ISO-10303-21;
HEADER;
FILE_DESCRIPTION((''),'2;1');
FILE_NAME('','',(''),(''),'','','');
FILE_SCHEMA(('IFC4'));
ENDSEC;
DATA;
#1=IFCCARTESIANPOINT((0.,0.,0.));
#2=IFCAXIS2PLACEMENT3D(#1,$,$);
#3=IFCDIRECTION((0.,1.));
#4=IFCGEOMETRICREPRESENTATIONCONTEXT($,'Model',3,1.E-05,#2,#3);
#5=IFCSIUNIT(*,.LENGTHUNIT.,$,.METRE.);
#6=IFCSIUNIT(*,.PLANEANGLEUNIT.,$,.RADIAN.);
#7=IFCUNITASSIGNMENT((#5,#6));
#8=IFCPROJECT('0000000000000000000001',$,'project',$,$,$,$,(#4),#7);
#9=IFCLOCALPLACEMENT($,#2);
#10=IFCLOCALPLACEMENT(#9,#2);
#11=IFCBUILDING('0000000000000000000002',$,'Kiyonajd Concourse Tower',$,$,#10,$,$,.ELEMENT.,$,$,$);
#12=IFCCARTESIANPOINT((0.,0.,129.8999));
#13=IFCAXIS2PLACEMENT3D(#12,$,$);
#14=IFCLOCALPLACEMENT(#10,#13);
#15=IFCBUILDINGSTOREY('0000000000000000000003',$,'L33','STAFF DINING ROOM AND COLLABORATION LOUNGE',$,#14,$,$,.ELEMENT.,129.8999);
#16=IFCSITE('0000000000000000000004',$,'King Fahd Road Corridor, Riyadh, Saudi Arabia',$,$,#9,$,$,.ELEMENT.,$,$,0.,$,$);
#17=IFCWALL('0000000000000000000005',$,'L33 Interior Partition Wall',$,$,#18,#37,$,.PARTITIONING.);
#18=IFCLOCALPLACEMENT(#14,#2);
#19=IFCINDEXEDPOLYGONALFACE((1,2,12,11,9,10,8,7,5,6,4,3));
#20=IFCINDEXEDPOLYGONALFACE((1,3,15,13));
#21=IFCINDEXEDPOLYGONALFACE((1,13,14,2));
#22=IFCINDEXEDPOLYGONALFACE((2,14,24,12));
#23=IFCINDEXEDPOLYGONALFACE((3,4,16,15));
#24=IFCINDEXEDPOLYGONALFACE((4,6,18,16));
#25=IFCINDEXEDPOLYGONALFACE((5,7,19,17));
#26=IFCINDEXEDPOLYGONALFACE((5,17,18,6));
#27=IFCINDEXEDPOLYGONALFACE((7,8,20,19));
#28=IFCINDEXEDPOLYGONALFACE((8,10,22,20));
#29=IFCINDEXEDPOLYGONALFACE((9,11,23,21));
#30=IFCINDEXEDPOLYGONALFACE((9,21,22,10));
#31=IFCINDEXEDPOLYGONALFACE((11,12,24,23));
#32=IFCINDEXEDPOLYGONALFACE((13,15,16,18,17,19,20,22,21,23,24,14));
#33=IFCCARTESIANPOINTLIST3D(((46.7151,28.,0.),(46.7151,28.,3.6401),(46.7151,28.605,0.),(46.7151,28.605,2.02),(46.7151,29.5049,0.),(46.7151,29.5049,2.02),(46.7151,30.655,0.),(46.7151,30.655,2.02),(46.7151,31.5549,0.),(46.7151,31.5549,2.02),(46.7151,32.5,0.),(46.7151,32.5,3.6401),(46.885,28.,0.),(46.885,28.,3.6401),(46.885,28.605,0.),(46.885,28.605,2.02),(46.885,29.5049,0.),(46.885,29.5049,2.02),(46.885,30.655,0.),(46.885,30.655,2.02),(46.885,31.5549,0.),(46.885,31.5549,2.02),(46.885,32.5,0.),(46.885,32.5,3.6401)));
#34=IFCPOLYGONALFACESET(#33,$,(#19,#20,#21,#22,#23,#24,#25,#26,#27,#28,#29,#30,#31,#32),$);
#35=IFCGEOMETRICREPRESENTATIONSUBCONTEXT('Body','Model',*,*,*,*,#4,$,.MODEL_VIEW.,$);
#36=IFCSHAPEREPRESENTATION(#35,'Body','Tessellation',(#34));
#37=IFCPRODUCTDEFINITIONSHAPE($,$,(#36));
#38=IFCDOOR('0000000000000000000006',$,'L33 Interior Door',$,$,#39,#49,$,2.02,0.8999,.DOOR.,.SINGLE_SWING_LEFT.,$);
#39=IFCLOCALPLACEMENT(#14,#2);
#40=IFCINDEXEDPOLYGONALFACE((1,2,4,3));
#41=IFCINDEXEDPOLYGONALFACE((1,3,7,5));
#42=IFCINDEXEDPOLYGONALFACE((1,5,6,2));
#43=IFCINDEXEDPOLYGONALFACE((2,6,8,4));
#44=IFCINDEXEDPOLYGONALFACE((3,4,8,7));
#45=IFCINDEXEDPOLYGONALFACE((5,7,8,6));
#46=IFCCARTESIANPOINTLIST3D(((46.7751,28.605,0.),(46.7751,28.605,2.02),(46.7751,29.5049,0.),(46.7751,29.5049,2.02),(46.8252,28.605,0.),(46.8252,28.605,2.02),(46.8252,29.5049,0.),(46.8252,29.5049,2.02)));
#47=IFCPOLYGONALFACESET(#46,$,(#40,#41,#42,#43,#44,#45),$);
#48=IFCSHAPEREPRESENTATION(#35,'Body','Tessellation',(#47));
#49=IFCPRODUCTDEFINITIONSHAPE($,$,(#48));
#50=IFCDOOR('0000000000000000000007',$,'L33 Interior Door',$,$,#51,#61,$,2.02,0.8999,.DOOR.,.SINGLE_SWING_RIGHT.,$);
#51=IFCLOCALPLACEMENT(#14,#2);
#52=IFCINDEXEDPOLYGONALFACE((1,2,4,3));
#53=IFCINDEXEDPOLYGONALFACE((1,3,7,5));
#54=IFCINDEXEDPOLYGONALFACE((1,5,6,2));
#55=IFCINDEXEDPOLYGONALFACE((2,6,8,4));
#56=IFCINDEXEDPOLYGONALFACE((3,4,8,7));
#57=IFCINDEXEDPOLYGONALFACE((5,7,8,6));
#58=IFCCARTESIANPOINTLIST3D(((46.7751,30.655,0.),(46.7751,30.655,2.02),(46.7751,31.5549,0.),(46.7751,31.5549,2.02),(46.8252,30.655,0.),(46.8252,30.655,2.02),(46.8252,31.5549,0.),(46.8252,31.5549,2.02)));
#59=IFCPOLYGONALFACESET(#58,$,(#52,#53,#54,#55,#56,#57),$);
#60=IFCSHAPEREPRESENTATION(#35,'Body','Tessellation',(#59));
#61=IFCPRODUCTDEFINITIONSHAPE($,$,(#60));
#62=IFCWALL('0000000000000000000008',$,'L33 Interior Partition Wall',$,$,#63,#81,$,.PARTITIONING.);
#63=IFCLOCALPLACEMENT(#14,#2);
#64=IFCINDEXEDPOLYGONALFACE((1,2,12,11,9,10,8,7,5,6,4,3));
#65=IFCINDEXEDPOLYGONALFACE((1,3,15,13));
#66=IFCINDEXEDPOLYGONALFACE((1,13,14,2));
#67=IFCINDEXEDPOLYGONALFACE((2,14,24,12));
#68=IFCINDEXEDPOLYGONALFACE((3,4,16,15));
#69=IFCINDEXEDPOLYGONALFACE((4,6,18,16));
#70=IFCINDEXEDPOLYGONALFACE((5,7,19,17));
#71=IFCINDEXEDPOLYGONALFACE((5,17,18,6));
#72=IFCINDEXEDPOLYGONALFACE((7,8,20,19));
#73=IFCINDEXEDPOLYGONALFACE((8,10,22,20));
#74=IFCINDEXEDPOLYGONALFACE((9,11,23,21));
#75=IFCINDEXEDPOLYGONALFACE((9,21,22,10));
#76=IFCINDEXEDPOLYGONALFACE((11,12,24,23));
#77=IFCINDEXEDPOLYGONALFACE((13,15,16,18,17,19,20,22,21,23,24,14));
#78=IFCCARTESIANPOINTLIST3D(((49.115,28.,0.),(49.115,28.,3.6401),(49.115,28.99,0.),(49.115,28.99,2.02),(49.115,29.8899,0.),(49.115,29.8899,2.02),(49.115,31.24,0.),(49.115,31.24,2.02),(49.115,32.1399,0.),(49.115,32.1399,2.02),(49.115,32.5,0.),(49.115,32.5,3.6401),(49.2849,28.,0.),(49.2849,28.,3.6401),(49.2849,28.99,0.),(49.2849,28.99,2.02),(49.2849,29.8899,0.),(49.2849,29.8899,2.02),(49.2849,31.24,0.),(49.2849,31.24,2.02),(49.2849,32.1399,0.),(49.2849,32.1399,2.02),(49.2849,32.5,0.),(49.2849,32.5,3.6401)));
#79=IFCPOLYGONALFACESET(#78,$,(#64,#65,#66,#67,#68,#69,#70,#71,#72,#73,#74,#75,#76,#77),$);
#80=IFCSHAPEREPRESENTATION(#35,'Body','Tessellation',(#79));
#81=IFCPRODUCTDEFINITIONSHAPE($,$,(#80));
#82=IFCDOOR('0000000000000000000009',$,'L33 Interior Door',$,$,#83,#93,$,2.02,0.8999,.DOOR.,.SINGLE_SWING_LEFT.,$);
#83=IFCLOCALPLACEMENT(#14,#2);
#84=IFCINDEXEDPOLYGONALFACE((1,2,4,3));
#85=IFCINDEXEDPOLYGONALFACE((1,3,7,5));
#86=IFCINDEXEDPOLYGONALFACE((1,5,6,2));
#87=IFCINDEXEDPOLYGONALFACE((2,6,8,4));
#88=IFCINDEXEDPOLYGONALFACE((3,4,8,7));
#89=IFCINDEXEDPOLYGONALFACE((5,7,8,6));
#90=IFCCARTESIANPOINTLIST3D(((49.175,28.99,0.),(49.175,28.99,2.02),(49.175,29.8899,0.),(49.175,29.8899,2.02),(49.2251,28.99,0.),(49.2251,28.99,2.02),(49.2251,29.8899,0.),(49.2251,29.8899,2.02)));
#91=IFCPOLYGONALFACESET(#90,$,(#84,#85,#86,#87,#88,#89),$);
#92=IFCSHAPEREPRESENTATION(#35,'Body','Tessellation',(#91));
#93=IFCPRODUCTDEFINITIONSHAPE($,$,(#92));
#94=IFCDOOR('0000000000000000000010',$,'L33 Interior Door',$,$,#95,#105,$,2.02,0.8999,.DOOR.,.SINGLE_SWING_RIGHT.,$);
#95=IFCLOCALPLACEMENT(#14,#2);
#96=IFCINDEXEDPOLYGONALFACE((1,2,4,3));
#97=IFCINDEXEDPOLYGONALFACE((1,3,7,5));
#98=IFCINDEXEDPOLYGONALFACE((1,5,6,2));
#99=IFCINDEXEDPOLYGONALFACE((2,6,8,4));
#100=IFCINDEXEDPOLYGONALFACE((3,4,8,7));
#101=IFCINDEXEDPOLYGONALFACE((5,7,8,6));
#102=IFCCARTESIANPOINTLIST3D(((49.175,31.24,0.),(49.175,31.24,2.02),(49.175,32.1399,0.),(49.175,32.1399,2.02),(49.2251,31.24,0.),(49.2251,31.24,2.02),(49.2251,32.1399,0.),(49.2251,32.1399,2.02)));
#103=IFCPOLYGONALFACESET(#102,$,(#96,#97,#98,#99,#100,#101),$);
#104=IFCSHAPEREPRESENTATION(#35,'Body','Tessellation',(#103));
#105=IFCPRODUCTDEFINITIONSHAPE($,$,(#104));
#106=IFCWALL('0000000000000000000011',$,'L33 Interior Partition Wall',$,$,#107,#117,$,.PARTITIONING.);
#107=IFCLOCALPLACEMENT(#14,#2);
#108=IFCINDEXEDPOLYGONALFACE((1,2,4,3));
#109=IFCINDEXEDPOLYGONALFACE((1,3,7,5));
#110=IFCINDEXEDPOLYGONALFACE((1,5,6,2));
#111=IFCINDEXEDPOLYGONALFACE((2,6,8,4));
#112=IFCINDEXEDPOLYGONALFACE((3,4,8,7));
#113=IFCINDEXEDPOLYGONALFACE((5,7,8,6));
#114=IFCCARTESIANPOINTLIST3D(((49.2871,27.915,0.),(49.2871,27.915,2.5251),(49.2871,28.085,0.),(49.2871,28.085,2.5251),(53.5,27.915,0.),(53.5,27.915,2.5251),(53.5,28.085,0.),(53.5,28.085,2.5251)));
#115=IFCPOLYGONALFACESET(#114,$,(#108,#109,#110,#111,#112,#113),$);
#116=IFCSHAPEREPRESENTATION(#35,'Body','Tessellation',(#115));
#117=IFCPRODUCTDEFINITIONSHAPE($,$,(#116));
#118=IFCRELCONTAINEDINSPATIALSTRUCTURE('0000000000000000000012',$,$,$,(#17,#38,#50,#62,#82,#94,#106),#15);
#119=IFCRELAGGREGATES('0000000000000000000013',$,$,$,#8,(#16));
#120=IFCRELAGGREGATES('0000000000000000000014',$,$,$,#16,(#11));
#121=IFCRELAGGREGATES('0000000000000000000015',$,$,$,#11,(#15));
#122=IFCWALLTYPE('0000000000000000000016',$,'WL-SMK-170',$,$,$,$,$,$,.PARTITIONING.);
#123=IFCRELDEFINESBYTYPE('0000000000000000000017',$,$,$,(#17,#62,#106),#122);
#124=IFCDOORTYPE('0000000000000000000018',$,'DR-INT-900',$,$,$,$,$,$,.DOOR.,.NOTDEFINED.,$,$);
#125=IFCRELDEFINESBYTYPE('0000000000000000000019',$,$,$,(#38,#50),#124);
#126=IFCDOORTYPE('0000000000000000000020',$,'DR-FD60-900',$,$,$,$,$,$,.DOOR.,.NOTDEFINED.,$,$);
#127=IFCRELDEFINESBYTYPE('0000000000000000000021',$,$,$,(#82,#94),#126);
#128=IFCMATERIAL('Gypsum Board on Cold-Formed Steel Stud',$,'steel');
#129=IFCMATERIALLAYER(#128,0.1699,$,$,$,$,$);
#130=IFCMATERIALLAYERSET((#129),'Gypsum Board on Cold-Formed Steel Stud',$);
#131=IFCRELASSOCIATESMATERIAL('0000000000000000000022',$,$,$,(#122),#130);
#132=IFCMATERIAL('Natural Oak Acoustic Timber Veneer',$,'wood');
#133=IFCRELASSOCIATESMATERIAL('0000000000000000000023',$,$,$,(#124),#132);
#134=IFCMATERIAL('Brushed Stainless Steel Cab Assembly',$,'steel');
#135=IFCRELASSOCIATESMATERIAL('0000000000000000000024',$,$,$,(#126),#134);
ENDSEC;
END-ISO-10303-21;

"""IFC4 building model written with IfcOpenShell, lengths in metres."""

from ifc_helpers import new_model, si_unit, direction, frame, frame_2d, origin, place, context, subcontext, project, spatial, rectangle, extrude, material, layer, layer_set, type_object, element, fill, save


model = new_model("IFC4")

# Units and contexts
model_context = context("Model", 3, precision=1e-05, world=origin(), true_north=direction((0.0, 1.0)))
body_context = subcontext(model_context, "Body", "Model", "MODEL_VIEW")
ifc_project = project(units=[si_unit("LENGTHUNIT", "METRE"), si_unit("PLANEANGLEUNIT", "RADIAN")], contexts=[model_context])

# Site, building, storey
site_placement = place(None, origin())
site = spatial("IfcSite", under=ifc_project, at=site_placement, Name="King Fahd Road Corridor, Riyadh, Saudi Arabia", CompositionType="ELEMENT", RefElevation=0.0)
building_placement = place(site_placement, origin())
building = spatial("IfcBuilding", under=site, at=building_placement, Name="Kiyonajd Concourse Tower", CompositionType="ELEMENT")
storey_placement = place(building_placement, frame((0.0, 0.0, 129.8999)))
storey = spatial("IfcBuildingStorey", under=building, at=storey_placement, Name="L33", Description="STAFF DINING ROOM AND COLLABORATION LOUNGE", CompositionType="ELEMENT", Elevation=129.8999)

# Shared definitions
ifc_material_1 = material(Name="Gypsum Board on Cold-Formed Steel Stud", Category="steel")

# Shared definitions
ifc_layer_1 = layer(ifc_material_1, 0.1699)
ifc_layer_set_1 = layer_set([ifc_layer_1], Name="Gypsum Board on Cold-Formed Steel Stud")
wall_type_1 = type_object("IfcWallType", Name="WL-SMK-170", PredefinedType="PARTITIONING", material=ifc_layer_set_1)
ifc_material_2 = material(Name="Natural Oak Acoustic Timber Veneer", Category="wood")
door_type_1 = type_object("IfcDoorType", Name="DR-INT-900", OperationType="NOTDEFINED", PredefinedType="DOOR", material=ifc_material_2)

# Shared definitions
ifc_material_3 = material(Name="Brushed Stainless Steel Cab Assembly", Category="steel")
door_type_2 = type_object("IfcDoorType", Name="DR-FD60-900", OperationType="NOTDEFINED", PredefinedType="DOOR", material=ifc_material_3)

# Walls, openings, doors
wall_1_placement = place(storey_placement, frame((46.8, 28.0, 0.0), z_axis=(0.0, 0.0, 1.0), x_axis=(0.0, 1.0, 0.0)))
wall_1 = element("IfcWall", 1, at=wall_1_placement, inside=storey, type_object=wall_type_1, Name="L33 Interior Partition Wall", PredefinedType="PARTITIONING", context=body_context, shape_type="SweptSolid", body=[
    extrude(rectangle(XDim=4.5, YDim=0.1699, at=frame_2d((2.25, 0.0))), origin(), (0.0, 0.0, 1.0), 3.6401),
])
opening_1_placement = place(wall_1_placement, frame((0.605, 0.0, 0.0)))
opening_1 = element("IfcOpeningElement", 2, at=opening_1_placement, cuts=wall_1, PredefinedType="OPENING", context=body_context, shape_type="SweptSolid", body=[
    extrude(rectangle(XDim=0.8999, YDim=2.02, at=frame_2d((0.45, 1.01))), frame((0.0, 0.095, 0.0), z_axis=(0.0, -1.0, 0.0), x_axis=(1.0, 0.0, 0.0)), (0.0, 0.0, 1.0), 0.1899),
])
opening_2_placement = place(wall_1_placement, frame((2.655, 0.0, 0.0)))
opening_2 = element("IfcOpeningElement", 3, at=opening_2_placement, cuts=wall_1, PredefinedType="OPENING", context=body_context, shape_type="SweptSolid", body=[
    extrude(rectangle(XDim=0.8999, YDim=2.02, at=frame_2d((0.45, 1.01))), frame((0.0, 0.095, 0.0), z_axis=(0.0, -1.0, 0.0), x_axis=(1.0, 0.0, 0.0)), (0.0, 0.0, 1.0), 0.1899),
])
door_1_placement = place(opening_1_placement, origin())
door_1 = element("IfcDoor", 4, at=door_1_placement, inside=storey, type_object=door_type_1, Name="L33 Interior Door", OperationType="SINGLE_SWING_LEFT", OverallHeight=2.02, OverallWidth=0.8999, PredefinedType="DOOR", context=body_context, shape_type="SweptSolid", body=[
    extrude(rectangle(XDim=0.8999, YDim=2.02, at=frame_2d((0.45, 1.01))), frame((0.0, 0.0249, 0.0), z_axis=(0.0, -1.0, 0.0), x_axis=(1.0, 0.0, 0.0)), (0.0, 0.0, 1.0), 0.05),
])
fill(opening_1, door_1)
door_2_placement = place(opening_2_placement, origin())
door_2 = element("IfcDoor", 5, at=door_2_placement, inside=storey, type_object=door_type_1, Name="L33 Interior Door", OperationType="SINGLE_SWING_RIGHT", OverallHeight=2.02, OverallWidth=0.8999, PredefinedType="DOOR", context=body_context, shape_type="SweptSolid", body=[
    extrude(rectangle(XDim=0.8999, YDim=2.02, at=frame_2d((0.45, 1.01))), frame((0.0, 0.0249, 0.0), z_axis=(0.0, -1.0, 0.0), x_axis=(1.0, 0.0, 0.0)), (0.0, 0.0, 1.0), 0.05),
])
fill(opening_2, door_2)
wall_2_placement = place(storey_placement, frame((49.2, 28.0, 0.0), z_axis=(0.0, 0.0, 1.0), x_axis=(0.0, 1.0, 0.0)))
wall_2 = element("IfcWall", 6, at=wall_2_placement, inside=storey, type_object=wall_type_1, Name="L33 Interior Partition Wall", PredefinedType="PARTITIONING", context=body_context, shape_type="SweptSolid", body=[
    extrude(rectangle(XDim=4.5, YDim=0.1699, at=frame_2d((2.25, 0.0))), origin(), (0.0, 0.0, 1.0), 3.6401),
])
opening_3_placement = place(wall_2_placement, frame((0.99, 0.0, 0.0)))
opening_3 = element("IfcOpeningElement", 7, at=opening_3_placement, cuts=wall_2, PredefinedType="OPENING", context=body_context, shape_type="SweptSolid", body=[
    extrude(rectangle(XDim=0.8999, YDim=2.02, at=frame_2d((0.45, 1.01))), frame((0.0, 0.095, 0.0), z_axis=(0.0, -1.0, 0.0), x_axis=(1.0, 0.0, 0.0)), (0.0, 0.0, 1.0), 0.1899),
])
opening_4_placement = place(wall_2_placement, frame((3.24, 0.0, 0.0)))
opening_4 = element("IfcOpeningElement", 8, at=opening_4_placement, cuts=wall_2, PredefinedType="OPENING", context=body_context, shape_type="SweptSolid", body=[
    extrude(rectangle(XDim=0.8999, YDim=2.02, at=frame_2d((0.45, 1.01))), frame((0.0, 0.095, 0.0), z_axis=(0.0, -1.0, 0.0), x_axis=(1.0, 0.0, 0.0)), (0.0, 0.0, 1.0), 0.1899),
])
door_3_placement = place(opening_3_placement, origin())
door_3 = element("IfcDoor", 9, at=door_3_placement, inside=storey, type_object=door_type_2, Name="L33 Interior Door", OperationType="SINGLE_SWING_LEFT", OverallHeight=2.02, OverallWidth=0.8999, PredefinedType="DOOR", context=body_context, shape_type="SweptSolid", body=[
    extrude(rectangle(XDim=0.8999, YDim=2.02, at=frame_2d((0.45, 1.01))), frame((0.0, 0.0249, 0.0), z_axis=(0.0, -1.0, 0.0), x_axis=(1.0, 0.0, 0.0)), (0.0, 0.0, 1.0), 0.05),
])
fill(opening_3, door_3)
door_4_placement = place(opening_4_placement, origin())
door_4 = element("IfcDoor", 10, at=door_4_placement, inside=storey, type_object=door_type_2, Name="L33 Interior Door", OperationType="SINGLE_SWING_RIGHT", OverallHeight=2.02, OverallWidth=0.8999, PredefinedType="DOOR", context=body_context, shape_type="SweptSolid", body=[
    extrude(rectangle(XDim=0.8999, YDim=2.02, at=frame_2d((0.45, 1.01))), frame((0.0, 0.0249, 0.0), z_axis=(0.0, -1.0, 0.0), x_axis=(1.0, 0.0, 0.0)), (0.0, 0.0, 1.0), 0.05),
])
fill(opening_4, door_4)

# Wall
wall_3_placement = place(storey_placement, frame((49.2871, 28.0, 0.0), z_axis=(0.0, 0.0, 1.0), x_axis=(1.0, 0.0, 0.0)))
element("IfcWall", 11, at=wall_3_placement, inside=storey, type_object=wall_type_1, Name="L33 Interior Partition Wall", PredefinedType="PARTITIONING", context=body_context, shape_type="SweptSolid", body=[
    extrude(rectangle(XDim=4.2129, YDim=0.1699, at=frame_2d((2.1064, 0.0))), origin(), (0.0, 0.0, 1.0), 2.5251),
])

save(model, "model.ifc")
